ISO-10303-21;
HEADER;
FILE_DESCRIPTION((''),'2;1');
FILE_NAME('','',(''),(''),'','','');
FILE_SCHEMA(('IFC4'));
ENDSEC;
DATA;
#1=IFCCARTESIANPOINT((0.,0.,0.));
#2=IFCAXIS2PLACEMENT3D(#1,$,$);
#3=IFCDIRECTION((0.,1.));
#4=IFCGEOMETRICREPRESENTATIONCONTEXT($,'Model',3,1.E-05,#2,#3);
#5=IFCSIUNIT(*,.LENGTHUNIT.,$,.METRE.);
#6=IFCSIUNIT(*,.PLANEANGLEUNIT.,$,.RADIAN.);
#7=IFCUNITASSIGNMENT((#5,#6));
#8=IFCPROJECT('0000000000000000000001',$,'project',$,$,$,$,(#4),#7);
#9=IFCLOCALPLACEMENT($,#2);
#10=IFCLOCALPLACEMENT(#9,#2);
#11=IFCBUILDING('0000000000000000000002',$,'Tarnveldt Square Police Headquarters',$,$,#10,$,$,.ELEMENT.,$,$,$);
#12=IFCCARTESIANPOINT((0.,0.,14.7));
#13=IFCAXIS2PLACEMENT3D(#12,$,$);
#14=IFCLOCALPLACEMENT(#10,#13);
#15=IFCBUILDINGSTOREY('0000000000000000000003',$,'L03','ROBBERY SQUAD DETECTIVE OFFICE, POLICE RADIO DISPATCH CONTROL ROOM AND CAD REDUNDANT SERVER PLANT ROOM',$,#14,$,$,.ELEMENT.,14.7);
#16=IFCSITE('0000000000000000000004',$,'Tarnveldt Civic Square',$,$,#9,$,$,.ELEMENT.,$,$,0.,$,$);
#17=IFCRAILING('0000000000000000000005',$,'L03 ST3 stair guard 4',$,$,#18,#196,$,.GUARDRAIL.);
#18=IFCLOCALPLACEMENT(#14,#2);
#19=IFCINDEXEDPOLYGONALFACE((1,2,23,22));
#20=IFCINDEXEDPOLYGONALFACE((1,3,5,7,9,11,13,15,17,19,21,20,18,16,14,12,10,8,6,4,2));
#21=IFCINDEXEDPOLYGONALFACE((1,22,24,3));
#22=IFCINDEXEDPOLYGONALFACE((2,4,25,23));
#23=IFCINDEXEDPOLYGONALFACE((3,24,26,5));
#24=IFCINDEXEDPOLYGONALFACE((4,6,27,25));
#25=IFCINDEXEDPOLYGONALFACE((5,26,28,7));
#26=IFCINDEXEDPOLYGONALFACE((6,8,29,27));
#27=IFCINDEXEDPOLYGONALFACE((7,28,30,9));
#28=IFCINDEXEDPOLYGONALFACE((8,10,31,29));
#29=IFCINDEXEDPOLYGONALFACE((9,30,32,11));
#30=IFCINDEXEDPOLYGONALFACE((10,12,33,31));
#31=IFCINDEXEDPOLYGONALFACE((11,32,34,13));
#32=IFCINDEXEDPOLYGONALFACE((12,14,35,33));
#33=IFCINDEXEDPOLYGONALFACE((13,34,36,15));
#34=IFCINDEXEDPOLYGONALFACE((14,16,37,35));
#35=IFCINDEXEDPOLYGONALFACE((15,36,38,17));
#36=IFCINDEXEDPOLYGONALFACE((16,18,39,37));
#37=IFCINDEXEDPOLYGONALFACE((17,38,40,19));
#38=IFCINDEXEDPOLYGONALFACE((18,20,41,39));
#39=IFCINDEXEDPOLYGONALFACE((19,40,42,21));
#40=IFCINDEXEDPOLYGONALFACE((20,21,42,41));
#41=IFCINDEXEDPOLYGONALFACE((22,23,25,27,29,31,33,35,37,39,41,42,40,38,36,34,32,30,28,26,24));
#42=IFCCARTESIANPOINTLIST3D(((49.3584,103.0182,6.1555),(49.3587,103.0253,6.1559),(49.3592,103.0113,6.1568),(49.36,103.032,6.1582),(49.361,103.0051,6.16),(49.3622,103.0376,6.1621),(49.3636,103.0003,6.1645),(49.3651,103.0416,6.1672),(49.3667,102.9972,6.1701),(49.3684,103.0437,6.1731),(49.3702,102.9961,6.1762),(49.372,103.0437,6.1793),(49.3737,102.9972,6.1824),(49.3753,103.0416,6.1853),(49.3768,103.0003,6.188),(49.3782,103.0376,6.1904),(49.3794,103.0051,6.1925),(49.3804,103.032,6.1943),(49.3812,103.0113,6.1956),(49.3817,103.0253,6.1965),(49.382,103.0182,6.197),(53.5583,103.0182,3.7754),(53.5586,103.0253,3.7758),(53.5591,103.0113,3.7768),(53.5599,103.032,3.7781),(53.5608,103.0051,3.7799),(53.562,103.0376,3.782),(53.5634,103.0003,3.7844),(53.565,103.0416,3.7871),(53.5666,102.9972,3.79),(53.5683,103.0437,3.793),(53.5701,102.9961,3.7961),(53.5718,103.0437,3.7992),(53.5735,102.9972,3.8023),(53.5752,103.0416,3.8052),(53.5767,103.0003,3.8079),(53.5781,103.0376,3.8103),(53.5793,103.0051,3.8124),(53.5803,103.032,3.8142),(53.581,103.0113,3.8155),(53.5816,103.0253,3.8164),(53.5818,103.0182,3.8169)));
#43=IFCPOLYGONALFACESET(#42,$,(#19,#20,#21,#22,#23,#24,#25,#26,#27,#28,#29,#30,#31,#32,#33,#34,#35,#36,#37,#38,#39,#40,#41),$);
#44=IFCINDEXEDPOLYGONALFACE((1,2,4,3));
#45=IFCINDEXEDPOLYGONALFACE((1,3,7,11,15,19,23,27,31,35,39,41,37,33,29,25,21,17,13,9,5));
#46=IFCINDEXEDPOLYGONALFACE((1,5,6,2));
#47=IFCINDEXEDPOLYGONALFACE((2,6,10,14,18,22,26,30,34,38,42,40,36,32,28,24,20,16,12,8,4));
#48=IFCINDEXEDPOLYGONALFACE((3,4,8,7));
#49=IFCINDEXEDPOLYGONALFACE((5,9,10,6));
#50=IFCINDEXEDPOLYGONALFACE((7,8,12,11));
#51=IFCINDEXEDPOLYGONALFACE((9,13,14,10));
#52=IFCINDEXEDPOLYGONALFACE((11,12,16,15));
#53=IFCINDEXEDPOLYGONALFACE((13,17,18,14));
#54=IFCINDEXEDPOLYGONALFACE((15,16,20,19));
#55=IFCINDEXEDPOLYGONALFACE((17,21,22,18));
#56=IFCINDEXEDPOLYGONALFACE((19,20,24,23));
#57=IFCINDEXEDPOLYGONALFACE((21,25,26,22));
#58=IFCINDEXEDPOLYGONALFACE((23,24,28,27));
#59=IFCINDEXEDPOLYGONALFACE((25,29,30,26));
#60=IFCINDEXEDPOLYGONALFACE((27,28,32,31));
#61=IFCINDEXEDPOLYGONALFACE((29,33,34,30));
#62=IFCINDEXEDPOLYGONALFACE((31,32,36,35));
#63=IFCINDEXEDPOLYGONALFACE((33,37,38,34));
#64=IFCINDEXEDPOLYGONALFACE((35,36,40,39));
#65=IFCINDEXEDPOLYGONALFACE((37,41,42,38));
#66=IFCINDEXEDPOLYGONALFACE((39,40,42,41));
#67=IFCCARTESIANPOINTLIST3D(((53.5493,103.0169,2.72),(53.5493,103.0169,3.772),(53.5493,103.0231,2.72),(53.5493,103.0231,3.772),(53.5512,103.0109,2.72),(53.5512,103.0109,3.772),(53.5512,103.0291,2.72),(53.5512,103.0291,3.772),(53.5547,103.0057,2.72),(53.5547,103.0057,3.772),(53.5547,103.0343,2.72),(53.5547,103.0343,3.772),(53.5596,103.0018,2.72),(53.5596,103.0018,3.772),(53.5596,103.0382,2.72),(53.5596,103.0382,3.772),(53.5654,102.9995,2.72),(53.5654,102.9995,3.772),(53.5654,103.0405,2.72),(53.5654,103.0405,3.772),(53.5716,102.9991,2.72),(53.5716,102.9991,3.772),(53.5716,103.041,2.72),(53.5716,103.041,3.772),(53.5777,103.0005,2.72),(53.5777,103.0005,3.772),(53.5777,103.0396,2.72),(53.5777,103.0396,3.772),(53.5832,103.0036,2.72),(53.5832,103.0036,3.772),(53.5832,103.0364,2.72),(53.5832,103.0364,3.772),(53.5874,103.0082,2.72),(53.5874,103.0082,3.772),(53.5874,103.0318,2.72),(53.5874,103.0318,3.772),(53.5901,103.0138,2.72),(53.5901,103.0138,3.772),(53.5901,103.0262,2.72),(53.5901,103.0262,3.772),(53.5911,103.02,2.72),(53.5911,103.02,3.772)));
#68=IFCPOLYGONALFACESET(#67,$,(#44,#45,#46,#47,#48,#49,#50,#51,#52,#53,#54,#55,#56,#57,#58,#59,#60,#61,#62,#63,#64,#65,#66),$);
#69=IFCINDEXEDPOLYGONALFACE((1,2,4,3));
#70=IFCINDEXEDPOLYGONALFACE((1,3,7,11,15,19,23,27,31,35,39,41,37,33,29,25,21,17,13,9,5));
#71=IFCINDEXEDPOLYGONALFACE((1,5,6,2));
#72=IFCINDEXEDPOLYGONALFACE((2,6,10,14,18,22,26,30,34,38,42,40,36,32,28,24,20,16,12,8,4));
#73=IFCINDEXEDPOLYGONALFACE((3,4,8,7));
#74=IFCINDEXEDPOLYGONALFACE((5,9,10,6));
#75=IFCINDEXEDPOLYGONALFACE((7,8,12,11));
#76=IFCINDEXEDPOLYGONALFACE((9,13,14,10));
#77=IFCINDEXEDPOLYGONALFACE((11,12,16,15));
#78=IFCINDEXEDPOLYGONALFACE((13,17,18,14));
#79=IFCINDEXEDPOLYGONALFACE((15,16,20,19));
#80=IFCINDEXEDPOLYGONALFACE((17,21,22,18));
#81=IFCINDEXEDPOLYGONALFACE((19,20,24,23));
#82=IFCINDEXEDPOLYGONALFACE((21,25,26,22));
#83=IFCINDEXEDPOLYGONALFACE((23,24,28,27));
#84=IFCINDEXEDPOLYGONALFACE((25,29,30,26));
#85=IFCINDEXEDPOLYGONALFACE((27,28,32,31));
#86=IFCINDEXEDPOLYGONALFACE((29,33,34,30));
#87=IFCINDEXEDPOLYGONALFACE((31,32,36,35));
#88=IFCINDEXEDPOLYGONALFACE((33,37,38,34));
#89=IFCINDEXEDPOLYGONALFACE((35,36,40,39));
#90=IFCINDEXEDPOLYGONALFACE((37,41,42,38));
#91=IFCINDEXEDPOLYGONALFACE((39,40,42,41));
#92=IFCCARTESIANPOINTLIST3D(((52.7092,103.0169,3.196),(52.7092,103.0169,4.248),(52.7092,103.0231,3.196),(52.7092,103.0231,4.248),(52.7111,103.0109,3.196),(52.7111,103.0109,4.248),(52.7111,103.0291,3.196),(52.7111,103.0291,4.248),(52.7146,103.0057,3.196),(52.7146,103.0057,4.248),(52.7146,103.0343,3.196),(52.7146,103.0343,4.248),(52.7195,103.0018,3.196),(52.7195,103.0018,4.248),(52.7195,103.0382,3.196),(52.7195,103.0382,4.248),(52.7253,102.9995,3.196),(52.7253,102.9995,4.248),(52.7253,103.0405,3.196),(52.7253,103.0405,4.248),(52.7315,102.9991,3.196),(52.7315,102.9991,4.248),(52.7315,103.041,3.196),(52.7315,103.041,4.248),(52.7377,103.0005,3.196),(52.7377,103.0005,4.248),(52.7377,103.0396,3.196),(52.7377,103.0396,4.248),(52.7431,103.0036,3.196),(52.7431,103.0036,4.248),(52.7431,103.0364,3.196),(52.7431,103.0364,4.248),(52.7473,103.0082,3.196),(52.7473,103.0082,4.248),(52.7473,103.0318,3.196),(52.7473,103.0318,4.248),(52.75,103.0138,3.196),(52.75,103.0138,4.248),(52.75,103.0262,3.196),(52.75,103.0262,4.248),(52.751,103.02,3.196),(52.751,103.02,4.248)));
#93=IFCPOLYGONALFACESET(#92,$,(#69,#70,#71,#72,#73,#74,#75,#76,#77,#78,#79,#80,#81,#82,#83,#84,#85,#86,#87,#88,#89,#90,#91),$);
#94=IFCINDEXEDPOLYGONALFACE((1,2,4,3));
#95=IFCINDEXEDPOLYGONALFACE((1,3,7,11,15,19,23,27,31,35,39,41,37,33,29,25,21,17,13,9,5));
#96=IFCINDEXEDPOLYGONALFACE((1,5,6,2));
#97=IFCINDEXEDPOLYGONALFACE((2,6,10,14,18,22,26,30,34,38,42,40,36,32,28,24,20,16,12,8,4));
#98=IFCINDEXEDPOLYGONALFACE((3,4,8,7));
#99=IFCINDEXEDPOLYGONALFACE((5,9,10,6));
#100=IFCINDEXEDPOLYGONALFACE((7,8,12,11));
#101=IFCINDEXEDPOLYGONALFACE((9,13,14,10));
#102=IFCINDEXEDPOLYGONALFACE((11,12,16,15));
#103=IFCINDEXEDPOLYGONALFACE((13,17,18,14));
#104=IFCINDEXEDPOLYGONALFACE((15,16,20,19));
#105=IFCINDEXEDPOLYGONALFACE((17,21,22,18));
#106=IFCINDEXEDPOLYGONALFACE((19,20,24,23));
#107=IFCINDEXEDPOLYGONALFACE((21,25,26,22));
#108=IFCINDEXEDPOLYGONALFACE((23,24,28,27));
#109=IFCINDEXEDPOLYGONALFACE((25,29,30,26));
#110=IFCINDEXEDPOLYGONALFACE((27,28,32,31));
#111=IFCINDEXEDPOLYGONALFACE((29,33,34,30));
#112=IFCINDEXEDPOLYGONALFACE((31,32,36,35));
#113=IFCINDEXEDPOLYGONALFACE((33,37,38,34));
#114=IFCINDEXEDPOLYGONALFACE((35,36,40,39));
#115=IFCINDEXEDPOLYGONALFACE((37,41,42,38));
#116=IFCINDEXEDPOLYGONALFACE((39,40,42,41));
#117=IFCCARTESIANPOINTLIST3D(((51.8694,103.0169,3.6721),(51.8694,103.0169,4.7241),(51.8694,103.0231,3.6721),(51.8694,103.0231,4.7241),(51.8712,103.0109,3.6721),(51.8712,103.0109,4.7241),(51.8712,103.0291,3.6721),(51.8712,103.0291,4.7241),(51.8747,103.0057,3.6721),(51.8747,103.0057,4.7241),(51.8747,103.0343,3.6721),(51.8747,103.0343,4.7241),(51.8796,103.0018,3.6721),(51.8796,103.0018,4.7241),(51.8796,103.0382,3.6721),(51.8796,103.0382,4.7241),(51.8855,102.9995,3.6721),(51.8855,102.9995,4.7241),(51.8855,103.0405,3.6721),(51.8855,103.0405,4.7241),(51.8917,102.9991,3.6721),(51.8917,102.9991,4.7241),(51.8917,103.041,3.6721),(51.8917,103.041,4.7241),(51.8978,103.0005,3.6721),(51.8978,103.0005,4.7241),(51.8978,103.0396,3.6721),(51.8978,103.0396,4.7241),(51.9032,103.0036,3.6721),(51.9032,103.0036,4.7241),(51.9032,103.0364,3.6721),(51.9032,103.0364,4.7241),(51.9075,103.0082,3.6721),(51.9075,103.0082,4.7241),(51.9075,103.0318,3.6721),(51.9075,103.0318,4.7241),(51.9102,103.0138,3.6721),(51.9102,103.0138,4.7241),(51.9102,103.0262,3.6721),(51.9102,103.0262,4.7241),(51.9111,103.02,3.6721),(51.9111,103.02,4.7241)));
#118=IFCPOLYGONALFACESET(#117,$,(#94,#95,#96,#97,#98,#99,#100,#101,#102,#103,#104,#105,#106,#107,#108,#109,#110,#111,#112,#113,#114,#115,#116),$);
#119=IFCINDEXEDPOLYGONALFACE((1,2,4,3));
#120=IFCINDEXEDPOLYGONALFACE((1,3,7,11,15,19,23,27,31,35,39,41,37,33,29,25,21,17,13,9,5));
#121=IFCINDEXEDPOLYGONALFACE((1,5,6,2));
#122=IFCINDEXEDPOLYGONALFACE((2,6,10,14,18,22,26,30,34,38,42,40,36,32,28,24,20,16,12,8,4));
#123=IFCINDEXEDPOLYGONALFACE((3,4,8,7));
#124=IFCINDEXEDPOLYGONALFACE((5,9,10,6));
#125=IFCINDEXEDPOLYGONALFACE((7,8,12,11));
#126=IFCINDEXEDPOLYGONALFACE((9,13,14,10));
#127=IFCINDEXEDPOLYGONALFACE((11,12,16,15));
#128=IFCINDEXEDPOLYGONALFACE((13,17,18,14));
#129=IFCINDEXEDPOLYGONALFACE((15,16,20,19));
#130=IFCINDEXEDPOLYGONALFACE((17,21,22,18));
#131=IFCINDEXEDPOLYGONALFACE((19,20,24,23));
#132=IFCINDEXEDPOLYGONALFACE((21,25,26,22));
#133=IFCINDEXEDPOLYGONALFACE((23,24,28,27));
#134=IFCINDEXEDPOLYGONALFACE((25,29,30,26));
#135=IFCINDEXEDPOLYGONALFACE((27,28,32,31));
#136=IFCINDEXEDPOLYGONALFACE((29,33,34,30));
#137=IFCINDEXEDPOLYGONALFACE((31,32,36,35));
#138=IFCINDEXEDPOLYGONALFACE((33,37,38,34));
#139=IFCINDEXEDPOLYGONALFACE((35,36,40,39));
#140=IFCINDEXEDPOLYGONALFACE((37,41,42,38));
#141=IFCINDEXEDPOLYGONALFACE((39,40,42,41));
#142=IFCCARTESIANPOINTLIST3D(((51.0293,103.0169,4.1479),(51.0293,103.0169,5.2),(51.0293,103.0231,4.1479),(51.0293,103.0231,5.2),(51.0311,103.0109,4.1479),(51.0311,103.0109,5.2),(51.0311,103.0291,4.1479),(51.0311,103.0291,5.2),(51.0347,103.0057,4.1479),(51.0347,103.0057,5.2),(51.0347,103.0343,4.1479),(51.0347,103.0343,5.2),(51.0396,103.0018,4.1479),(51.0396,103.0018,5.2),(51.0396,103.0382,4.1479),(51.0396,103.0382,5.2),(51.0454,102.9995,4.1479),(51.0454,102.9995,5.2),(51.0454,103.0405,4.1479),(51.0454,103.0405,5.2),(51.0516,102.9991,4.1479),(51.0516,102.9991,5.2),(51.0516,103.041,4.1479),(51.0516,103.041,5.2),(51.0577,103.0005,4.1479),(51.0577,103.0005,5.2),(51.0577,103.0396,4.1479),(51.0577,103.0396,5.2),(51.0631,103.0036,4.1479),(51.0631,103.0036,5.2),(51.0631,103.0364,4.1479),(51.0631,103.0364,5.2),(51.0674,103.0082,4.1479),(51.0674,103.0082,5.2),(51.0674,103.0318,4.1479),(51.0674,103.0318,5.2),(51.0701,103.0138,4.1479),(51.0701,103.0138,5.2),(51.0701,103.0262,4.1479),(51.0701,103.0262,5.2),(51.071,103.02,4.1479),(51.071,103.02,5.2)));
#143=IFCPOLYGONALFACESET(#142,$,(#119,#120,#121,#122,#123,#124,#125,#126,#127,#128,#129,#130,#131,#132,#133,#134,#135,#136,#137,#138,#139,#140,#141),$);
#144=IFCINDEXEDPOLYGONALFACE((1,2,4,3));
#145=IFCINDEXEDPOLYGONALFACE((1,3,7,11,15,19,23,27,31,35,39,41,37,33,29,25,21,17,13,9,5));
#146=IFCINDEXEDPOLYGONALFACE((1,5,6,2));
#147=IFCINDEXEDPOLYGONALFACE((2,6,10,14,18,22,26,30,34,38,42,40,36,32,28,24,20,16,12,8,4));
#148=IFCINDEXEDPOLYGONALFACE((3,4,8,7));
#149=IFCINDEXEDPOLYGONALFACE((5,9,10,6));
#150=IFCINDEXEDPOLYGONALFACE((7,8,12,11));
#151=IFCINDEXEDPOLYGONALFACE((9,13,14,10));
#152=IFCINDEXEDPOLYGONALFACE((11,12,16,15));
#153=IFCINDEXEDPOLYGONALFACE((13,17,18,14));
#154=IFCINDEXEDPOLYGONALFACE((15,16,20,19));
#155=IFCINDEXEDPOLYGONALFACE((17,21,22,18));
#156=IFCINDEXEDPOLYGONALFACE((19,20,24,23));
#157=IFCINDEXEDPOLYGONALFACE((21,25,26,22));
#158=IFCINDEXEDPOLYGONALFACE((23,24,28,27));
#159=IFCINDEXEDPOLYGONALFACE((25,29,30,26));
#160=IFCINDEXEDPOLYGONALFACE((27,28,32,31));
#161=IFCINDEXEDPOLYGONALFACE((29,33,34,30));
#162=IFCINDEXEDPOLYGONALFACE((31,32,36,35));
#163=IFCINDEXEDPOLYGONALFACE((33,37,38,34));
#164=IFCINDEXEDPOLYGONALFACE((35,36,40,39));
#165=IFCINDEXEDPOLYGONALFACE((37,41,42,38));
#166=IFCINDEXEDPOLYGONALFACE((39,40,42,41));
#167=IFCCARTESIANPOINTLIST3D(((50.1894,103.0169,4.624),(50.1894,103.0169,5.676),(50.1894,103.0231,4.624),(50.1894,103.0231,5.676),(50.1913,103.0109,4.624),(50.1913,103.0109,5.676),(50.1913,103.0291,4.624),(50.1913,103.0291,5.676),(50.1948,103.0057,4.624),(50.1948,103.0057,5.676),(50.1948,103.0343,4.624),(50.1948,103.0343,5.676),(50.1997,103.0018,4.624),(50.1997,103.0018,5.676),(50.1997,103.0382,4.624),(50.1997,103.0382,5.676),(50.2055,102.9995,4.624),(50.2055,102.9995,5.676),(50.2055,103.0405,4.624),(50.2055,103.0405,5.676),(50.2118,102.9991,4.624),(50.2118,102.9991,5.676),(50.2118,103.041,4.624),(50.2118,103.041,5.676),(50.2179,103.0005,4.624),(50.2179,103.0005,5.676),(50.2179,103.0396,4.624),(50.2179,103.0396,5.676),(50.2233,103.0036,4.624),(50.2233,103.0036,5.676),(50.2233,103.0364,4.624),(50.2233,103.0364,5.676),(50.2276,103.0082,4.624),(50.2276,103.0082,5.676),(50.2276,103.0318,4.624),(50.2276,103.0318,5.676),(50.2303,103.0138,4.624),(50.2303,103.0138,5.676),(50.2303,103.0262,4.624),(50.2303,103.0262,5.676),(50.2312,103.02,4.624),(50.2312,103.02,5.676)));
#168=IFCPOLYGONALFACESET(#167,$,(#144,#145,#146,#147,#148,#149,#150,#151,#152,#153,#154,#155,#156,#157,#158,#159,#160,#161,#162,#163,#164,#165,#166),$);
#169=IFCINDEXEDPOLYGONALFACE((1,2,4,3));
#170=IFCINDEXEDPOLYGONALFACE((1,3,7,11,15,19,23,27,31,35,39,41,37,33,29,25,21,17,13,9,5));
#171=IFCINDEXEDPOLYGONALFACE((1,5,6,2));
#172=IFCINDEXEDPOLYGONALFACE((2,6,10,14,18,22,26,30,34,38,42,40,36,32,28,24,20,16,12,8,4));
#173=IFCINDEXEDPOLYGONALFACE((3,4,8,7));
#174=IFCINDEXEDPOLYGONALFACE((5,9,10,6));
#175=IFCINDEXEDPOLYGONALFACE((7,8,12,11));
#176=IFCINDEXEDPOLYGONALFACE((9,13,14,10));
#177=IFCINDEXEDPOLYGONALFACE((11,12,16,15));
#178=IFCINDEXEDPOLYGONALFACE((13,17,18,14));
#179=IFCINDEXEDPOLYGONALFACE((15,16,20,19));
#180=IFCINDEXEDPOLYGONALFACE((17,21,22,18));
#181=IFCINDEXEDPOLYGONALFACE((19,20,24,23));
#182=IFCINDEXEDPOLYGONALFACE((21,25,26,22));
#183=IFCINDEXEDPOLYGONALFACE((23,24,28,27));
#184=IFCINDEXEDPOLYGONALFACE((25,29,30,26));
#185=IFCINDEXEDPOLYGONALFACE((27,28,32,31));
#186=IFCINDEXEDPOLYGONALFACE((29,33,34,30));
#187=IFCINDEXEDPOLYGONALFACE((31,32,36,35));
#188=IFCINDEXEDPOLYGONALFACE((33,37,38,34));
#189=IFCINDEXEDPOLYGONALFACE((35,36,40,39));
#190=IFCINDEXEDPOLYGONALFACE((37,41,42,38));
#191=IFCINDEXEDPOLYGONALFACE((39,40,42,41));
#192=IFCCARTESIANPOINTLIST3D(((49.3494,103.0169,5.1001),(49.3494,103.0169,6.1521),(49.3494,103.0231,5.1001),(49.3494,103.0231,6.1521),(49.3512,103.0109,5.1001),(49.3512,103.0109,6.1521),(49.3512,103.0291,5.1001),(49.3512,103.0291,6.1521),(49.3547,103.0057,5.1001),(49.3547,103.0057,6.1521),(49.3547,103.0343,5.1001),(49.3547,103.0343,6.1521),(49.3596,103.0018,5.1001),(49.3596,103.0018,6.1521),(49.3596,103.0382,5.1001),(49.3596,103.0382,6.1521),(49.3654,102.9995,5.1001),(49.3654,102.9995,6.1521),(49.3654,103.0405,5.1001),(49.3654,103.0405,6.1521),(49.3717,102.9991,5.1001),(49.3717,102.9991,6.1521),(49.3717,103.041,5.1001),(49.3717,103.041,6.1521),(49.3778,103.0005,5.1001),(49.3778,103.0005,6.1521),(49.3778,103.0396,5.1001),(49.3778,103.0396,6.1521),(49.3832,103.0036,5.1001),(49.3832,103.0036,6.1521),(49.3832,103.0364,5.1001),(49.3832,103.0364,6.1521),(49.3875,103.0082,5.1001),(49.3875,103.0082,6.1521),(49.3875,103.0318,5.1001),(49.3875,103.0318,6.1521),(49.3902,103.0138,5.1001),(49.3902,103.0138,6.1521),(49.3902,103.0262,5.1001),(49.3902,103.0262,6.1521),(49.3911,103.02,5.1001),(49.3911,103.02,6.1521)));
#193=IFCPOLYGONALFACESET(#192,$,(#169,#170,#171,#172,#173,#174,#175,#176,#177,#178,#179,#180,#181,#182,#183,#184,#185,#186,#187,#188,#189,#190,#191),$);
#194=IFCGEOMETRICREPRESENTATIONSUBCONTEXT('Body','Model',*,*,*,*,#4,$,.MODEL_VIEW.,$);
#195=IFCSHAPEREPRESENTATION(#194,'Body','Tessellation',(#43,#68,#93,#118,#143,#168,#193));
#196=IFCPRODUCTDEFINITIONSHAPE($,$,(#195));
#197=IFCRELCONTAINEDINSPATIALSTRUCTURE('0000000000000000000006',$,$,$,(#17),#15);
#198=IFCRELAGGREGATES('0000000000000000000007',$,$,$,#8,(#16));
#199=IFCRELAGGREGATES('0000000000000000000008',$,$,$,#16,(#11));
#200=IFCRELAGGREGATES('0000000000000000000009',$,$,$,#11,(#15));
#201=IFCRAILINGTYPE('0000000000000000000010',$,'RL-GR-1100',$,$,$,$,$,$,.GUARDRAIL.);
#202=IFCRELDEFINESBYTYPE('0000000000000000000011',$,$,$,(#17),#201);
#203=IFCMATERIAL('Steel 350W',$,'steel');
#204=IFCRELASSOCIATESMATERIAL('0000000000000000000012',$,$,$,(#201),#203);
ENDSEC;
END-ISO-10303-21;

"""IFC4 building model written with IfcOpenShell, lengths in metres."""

from ifc_helpers import new_model, si_unit, direction, frame, origin, origin_2d, place, context, subcontext, project, spatial, circle, extrude, material, type_object, element, save


model = new_model("IFC4")

# Units and contexts
model_context = context("Model", 3, precision=1e-05, world=origin(), true_north=direction((0.0, 1.0)))
body_context = subcontext(model_context, "Body", "Model", "MODEL_VIEW")
ifc_project = project(units=[si_unit("LENGTHUNIT", "METRE"), si_unit("PLANEANGLEUNIT", "RADIAN")], contexts=[model_context])

# Site, building, storey
site_placement = place(None, origin())
site = spatial("IfcSite", under=ifc_project, at=site_placement, Name="Tarnveldt Civic Square", CompositionType="ELEMENT", RefElevation=0.0)
building_placement = place(site_placement, origin())
building = spatial("IfcBuilding", under=site, at=building_placement, Name="Tarnveldt Square Police Headquarters", CompositionType="ELEMENT")
storey_placement = place(building_placement, frame((0.0, 0.0, 14.7)))
storey = spatial("IfcBuildingStorey", under=building, at=storey_placement, Name="L03", Description="ROBBERY SQUAD DETECTIVE OFFICE, POLICE RADIO DISPATCH CONTROL ROOM AND CAD REDUNDANT SERVER PLANT ROOM", CompositionType="ELEMENT", Elevation=14.7)

# Shared definitions
ifc_material_1 = material(Name="Steel 350W", Category="steel")

# Railing
railing_type_1 = type_object("IfcRailingType", Name="RL-GR-1100", PredefinedType="GUARDRAIL", material=ifc_material_1)
railing_1_placement = place(storey_placement, frame((53.5701, 103.02, 2.72)))
element("IfcRailing", 1, at=railing_1_placement, inside=storey, type_object=railing_type_1, Name="L03 ST3 stair guard 4", PredefinedType="GUARDRAIL", context=body_context, shape_type="SweptSolid", body=[
    extrude(circle(Radius=0.0239, at=origin_2d()), frame((0.0, 0.0, 1.0762), z_axis=(-0.870008, 0.0, 0.493037), x_axis=(0.0, -1.0, 0.0)), (0.0, 0.0, 1.0), 4.8274),
    extrude(circle(Radius=0.021, at=origin_2d()), origin(), (0.0, 0.0, 1.0), 1.052),
    extrude(circle(Radius=0.021, at=origin_2d()), frame((-0.8401, 0.0, 0.4761)), (0.0, 0.0, 1.0), 1.052),
    extrude(circle(Radius=0.021, at=origin_2d()), frame((-1.6799, 0.0, 0.9521)), (0.0, 0.0, 1.0), 1.052),
    extrude(circle(Radius=0.021, at=origin_2d()), frame((-2.52, 0.0, 1.428)), (0.0, 0.0, 1.0), 1.052),
    extrude(circle(Radius=0.021, at=origin_2d()), frame((-3.3599, 0.0, 1.9041)), (0.0, 0.0, 1.0), 1.052),
    extrude(circle(Radius=0.021, at=origin_2d()), frame((-4.2, 0.0, 2.3801)), (0.0, 0.0, 1.0), 1.052),
])

save(model, "model.ifc")
